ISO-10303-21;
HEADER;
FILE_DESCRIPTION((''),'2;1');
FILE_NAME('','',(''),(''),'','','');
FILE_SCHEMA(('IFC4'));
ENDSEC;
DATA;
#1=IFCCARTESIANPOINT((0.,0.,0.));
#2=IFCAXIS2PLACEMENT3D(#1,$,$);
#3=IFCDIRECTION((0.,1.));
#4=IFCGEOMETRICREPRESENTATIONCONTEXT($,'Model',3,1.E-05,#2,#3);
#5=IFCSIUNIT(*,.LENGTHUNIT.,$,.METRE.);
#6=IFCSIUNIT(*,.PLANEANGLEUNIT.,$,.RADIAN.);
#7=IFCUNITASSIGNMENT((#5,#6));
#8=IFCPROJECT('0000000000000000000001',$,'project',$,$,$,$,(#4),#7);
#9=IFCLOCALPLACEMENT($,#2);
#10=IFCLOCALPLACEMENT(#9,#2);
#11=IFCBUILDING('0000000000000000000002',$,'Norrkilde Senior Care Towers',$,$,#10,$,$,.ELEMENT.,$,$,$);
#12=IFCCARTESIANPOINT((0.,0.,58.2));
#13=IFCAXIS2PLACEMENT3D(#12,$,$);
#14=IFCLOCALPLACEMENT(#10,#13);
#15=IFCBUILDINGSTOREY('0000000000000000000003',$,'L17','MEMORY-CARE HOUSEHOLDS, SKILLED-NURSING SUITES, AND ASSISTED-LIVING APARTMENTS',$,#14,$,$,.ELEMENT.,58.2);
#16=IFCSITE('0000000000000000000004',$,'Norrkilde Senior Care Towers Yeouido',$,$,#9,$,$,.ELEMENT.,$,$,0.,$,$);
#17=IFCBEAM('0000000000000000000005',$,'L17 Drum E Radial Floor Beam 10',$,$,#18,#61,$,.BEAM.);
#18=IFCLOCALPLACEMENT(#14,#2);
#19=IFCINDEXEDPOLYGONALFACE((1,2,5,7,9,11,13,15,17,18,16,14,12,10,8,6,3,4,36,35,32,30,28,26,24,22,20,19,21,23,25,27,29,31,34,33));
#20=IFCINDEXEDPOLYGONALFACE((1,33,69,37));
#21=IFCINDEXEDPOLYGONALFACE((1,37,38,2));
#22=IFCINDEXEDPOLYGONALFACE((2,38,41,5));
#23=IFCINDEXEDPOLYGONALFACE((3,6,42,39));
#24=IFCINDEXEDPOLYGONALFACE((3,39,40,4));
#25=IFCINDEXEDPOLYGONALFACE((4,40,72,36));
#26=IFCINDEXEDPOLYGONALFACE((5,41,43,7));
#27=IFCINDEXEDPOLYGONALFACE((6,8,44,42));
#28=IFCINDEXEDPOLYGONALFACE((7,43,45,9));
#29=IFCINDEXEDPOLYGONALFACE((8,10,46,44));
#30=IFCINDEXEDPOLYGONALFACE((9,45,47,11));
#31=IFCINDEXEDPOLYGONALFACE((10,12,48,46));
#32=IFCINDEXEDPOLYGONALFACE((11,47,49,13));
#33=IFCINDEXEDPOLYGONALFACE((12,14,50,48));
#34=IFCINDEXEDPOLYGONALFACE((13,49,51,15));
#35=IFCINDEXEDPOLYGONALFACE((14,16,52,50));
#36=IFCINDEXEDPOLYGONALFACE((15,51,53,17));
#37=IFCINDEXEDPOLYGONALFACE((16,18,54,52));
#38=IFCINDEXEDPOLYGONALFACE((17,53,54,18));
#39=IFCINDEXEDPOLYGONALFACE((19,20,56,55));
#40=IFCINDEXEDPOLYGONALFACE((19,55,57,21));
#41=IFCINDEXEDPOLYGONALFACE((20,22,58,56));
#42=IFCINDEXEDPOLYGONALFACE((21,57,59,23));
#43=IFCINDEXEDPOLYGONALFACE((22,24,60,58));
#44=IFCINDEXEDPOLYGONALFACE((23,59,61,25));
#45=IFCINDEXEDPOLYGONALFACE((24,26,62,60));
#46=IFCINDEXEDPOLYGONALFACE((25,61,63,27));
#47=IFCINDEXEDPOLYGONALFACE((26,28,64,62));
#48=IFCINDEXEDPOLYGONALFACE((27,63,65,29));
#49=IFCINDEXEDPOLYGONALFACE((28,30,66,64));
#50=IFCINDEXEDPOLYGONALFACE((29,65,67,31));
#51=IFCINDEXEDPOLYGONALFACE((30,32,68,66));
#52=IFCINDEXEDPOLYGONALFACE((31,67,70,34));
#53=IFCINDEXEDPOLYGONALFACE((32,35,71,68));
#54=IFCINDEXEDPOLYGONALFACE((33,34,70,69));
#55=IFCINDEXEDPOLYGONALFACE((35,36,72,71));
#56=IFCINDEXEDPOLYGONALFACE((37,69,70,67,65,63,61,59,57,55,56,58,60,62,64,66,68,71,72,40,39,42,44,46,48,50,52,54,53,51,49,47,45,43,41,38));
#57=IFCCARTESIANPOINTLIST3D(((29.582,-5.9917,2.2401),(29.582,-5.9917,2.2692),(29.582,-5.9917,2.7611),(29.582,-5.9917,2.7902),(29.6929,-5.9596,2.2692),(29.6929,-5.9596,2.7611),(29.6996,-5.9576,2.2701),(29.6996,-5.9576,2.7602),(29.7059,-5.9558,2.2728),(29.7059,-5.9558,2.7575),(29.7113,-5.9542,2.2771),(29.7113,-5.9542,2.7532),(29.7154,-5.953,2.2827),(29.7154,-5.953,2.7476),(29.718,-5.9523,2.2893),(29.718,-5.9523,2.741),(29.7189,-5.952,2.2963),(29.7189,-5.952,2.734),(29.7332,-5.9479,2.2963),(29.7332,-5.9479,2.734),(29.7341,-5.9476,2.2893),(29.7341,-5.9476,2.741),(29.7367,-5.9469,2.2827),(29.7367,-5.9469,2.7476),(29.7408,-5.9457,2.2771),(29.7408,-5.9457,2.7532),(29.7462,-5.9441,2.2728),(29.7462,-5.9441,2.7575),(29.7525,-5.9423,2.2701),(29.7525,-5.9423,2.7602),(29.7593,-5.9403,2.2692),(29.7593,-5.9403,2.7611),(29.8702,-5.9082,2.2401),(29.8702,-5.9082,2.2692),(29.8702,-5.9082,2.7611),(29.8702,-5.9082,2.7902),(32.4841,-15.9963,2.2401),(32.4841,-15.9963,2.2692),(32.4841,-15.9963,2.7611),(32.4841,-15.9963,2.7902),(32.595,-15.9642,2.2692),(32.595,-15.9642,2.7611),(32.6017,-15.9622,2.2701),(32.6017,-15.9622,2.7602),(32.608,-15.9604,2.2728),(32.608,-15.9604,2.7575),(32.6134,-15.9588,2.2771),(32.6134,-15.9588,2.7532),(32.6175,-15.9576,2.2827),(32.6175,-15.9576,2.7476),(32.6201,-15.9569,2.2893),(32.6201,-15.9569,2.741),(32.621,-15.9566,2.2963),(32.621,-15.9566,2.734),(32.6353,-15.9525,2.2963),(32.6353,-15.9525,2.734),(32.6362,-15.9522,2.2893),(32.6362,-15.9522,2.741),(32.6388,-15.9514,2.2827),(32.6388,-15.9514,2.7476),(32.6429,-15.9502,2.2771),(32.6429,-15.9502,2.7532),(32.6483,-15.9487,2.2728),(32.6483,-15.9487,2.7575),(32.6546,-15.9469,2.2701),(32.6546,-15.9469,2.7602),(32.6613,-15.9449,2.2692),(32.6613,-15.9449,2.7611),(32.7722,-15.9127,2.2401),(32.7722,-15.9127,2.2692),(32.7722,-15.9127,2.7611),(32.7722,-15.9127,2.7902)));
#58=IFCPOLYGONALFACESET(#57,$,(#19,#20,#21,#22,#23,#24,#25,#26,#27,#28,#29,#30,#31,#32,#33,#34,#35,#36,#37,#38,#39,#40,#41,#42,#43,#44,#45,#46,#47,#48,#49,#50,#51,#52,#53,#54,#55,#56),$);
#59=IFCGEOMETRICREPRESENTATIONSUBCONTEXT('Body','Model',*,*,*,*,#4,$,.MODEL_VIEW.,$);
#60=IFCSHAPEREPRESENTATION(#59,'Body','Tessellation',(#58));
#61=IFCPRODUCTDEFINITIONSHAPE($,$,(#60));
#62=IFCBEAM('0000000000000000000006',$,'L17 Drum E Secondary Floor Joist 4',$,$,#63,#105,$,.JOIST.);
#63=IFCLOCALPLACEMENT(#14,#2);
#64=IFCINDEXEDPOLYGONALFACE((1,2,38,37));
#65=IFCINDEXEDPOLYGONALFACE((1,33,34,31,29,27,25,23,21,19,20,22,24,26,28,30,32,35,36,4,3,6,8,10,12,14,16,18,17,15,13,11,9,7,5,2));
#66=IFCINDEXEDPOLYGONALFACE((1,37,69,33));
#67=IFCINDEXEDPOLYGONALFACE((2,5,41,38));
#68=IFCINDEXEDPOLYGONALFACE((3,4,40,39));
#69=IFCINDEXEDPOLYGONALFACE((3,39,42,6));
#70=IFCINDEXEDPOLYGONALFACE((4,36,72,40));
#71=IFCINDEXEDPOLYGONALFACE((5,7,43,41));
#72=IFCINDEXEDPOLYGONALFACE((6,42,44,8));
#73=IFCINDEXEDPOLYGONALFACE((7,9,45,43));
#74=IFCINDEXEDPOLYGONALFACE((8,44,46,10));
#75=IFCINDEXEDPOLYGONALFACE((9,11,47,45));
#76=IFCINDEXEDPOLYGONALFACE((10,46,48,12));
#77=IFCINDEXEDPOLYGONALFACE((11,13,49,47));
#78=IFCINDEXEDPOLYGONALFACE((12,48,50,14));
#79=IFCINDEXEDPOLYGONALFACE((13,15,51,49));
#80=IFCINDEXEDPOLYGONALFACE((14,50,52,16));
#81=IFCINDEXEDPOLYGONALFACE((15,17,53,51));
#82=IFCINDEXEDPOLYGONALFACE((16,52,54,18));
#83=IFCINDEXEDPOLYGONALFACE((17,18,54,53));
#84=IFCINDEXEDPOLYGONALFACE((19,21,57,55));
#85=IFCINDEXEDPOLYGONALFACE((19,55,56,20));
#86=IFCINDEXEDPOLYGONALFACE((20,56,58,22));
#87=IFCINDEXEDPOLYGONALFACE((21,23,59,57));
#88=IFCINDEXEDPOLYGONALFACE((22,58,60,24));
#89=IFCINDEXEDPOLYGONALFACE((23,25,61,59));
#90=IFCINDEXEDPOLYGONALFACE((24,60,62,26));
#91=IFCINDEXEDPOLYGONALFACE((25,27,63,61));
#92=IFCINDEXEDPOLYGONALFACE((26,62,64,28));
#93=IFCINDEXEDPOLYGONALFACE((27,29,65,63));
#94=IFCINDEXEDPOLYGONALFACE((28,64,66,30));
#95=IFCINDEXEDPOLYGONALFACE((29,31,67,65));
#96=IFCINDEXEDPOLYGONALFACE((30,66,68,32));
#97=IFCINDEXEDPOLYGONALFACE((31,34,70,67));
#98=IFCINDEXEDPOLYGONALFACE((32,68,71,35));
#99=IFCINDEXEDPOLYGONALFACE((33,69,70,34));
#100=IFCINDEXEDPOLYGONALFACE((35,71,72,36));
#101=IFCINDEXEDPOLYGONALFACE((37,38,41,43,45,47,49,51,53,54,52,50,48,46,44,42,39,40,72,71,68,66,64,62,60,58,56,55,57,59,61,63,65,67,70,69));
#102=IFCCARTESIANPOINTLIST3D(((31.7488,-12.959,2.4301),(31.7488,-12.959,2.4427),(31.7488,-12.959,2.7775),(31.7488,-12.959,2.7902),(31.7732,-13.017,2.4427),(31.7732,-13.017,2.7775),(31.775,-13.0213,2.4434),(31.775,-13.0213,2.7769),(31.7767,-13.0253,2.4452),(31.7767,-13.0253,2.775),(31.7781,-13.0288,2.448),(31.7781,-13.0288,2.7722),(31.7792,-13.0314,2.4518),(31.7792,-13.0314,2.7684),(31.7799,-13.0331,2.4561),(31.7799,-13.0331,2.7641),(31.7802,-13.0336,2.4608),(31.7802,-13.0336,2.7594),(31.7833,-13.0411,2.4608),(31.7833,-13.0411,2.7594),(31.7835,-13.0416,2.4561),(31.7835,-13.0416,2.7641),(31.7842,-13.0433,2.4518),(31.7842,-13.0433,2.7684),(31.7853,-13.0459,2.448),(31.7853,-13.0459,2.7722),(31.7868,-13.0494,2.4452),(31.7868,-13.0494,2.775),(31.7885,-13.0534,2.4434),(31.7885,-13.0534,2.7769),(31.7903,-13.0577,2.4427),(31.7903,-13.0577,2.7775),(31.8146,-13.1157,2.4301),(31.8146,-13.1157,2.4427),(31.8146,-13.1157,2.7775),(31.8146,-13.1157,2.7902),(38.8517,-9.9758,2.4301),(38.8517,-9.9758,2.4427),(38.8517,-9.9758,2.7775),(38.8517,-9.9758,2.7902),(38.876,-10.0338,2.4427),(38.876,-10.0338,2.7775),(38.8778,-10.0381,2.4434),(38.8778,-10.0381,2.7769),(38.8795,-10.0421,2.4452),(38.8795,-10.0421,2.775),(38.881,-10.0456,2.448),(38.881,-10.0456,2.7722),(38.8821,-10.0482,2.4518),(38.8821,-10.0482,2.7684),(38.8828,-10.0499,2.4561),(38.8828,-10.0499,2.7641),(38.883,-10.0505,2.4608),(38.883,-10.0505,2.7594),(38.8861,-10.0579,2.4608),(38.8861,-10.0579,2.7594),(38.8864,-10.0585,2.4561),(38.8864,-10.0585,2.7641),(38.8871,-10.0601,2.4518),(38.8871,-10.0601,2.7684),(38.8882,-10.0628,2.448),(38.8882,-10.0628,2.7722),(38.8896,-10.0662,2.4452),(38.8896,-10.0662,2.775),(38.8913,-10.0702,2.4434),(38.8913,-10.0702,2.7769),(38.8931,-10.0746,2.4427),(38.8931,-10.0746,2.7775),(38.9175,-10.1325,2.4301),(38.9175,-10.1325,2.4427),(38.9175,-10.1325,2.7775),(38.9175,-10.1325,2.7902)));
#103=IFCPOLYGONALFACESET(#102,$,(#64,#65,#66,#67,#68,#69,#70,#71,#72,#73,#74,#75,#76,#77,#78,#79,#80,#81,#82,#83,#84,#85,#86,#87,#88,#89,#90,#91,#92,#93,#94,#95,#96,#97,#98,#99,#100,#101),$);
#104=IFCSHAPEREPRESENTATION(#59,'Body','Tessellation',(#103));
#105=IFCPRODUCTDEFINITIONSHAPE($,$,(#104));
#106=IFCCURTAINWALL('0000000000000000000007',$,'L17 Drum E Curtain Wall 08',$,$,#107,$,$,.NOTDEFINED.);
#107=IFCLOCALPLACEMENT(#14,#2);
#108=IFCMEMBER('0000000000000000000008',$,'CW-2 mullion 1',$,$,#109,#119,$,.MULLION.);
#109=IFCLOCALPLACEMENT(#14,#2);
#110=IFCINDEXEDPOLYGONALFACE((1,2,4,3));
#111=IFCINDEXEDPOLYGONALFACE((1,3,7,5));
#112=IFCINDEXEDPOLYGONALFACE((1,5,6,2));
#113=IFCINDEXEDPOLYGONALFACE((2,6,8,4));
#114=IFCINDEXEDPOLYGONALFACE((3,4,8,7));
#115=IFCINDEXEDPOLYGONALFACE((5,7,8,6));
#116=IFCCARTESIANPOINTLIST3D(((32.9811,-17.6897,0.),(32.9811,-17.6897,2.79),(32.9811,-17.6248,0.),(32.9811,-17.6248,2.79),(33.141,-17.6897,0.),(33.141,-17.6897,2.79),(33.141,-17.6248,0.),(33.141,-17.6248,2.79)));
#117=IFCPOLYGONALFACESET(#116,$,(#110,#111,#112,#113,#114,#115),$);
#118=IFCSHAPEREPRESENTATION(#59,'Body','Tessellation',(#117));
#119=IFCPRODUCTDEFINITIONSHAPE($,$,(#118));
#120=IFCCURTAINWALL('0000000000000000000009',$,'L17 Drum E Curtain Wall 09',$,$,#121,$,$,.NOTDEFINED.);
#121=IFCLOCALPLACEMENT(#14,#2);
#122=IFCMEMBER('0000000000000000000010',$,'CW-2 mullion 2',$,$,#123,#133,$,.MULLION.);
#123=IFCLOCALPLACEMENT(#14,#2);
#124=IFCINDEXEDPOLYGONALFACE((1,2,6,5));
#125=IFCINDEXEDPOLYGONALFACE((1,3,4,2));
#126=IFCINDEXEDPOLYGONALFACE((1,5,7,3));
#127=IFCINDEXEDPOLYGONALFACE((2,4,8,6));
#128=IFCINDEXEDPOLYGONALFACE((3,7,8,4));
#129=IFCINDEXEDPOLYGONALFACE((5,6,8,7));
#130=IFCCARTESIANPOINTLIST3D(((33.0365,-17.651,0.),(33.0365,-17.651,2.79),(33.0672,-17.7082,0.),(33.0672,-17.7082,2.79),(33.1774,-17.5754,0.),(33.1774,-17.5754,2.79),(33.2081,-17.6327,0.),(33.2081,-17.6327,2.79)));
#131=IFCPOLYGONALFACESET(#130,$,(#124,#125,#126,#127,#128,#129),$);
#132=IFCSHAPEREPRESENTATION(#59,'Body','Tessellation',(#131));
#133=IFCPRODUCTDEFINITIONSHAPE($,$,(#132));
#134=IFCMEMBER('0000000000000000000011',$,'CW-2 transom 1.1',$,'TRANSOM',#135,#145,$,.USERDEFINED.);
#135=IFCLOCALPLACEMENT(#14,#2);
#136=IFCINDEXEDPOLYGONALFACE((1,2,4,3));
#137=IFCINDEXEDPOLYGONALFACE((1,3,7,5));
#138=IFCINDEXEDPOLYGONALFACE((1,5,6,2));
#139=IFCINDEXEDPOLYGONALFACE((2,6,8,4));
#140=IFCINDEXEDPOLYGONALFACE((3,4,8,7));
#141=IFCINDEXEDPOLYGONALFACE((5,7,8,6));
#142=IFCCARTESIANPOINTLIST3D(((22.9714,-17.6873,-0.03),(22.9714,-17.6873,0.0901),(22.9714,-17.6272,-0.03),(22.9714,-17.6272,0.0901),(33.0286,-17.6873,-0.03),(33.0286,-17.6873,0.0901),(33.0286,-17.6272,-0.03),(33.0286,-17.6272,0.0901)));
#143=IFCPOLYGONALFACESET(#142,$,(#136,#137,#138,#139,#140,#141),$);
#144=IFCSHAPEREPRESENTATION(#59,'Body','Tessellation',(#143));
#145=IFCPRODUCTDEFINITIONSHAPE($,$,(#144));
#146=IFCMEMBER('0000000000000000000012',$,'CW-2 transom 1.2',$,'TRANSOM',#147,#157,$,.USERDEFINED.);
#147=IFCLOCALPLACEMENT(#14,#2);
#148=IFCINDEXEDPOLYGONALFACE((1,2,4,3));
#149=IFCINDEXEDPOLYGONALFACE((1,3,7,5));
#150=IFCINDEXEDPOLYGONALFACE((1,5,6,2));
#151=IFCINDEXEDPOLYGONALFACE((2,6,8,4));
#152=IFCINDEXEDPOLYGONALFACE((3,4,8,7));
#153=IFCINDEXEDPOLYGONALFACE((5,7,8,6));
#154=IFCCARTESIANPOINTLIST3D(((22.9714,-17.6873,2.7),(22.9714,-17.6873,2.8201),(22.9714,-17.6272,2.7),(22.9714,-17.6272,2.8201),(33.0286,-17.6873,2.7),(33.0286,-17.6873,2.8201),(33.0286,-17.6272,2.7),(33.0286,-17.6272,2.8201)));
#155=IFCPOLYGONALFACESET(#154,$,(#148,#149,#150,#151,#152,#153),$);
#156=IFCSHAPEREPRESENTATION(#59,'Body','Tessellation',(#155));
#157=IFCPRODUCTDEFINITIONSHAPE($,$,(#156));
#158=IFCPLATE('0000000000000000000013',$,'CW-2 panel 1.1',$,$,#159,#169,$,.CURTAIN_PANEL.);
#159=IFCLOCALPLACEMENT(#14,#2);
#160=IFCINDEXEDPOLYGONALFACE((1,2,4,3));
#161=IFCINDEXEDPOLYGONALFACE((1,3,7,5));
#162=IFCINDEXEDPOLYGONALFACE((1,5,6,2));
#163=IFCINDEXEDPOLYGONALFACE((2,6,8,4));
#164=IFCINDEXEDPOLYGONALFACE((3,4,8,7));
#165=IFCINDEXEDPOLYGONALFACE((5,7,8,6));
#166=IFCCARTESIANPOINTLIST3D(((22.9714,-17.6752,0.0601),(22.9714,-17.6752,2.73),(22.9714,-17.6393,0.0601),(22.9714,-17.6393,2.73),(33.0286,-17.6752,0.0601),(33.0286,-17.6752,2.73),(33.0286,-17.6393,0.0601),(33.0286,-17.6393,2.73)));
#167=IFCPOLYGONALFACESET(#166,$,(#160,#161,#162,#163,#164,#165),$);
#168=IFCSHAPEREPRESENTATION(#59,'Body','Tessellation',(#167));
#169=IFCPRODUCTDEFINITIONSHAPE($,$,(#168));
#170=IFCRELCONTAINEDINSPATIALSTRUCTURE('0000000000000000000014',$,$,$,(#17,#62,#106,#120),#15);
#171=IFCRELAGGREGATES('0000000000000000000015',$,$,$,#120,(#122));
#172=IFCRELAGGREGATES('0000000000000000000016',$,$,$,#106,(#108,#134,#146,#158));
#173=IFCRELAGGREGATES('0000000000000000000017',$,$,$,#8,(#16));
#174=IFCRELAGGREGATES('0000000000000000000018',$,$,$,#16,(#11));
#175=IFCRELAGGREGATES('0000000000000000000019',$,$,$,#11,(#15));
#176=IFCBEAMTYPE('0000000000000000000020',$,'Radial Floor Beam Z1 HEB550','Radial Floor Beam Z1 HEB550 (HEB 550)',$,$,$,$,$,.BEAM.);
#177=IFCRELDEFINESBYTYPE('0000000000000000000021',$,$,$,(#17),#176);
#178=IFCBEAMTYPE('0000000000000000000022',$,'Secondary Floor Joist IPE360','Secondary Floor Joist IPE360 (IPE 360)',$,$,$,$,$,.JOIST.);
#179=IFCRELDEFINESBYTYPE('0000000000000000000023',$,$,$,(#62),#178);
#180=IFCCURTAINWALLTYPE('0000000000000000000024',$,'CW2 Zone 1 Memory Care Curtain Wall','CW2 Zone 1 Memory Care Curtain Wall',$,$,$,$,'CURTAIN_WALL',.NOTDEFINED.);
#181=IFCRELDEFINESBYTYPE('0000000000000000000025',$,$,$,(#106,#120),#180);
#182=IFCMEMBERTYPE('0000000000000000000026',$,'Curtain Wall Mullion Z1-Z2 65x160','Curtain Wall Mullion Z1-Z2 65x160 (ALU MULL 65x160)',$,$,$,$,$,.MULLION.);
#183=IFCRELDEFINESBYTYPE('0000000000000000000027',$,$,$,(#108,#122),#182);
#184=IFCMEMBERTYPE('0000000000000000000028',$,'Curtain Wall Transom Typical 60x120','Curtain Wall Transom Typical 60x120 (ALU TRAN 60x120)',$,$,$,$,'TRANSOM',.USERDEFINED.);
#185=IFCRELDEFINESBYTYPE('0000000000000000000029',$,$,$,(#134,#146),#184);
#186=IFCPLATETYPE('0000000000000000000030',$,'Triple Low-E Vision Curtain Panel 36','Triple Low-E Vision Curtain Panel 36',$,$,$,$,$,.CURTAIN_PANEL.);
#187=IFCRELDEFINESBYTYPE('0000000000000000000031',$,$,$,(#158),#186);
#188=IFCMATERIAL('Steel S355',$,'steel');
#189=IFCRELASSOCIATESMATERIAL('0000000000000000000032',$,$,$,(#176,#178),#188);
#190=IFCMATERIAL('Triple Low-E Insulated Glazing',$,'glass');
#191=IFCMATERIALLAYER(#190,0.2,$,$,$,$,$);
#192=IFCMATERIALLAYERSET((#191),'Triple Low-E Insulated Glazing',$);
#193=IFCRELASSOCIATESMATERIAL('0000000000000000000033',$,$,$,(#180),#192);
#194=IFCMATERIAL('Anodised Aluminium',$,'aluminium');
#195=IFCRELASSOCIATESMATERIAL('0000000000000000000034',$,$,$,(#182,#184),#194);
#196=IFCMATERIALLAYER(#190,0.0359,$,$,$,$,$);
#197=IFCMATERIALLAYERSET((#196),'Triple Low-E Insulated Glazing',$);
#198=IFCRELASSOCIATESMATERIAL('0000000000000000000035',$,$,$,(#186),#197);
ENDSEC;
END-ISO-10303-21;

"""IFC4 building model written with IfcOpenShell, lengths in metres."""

from ifc_helpers import new_model, si_unit, direction, frame, origin, origin_2d, place, context, subcontext, project, spatial, rectangle, i_section, extrude, source, transform, mapped, material, layer, layer_set, material_profile, profile_set, type_object, type_shapes, element, aggregate, save


model = new_model("IFC4")

# Units and contexts
model_context = context("Model", 3, precision=1e-05, world=origin(), true_north=direction((0.0, 1.0)))
body_context = subcontext(model_context, "Body", "Model", "MODEL_VIEW")
ifc_project = project(units=[si_unit("LENGTHUNIT", "METRE"), si_unit("PLANEANGLEUNIT", "RADIAN")], contexts=[model_context])

# Site, building, storey
site_placement = place(None, origin())
site = spatial("IfcSite", under=ifc_project, at=site_placement, Name="Norrkilde Senior Care Towers Yeouido", CompositionType="ELEMENT", RefElevation=0.0)
building_placement = place(site_placement, origin())
building = spatial("IfcBuilding", under=site, at=building_placement, Name="Norrkilde Senior Care Towers", CompositionType="ELEMENT")
storey_placement = place(building_placement, frame((0.0, 0.0, 58.2)))
storey = spatial("IfcBuildingStorey", under=building, at=storey_placement, Name="L17", Description="MEMORY-CARE HOUSEHOLDS, SKILLED-NURSING SUITES, AND ASSISTED-LIVING APARTMENTS", CompositionType="ELEMENT", Elevation=58.2)

# Beams
ifc_material_1 = material(Name="Steel S355", Category="steel")
ifc_material_profile_1 = material_profile(ifc_material_1, i_section(OverallWidth=0.3, OverallDepth=0.55, WebThickness=0.0149, FlangeThickness=0.0291, FilletRadius=0.0271, at=origin_2d()), Name="HEB 550")
ifc_profile_set_1 = profile_set([ifc_material_profile_1], Name="Steel S355")
beam_type_1 = type_object("IfcBeamType", Name="Radial Floor Beam Z1 HEB550", Description="Radial Floor Beam Z1 HEB550 (HEB 550)", PredefinedType="BEAM", material=ifc_profile_set_1)
shared_shape_1 = source(origin(), body_context, "Body", "SweptSolid", [
    extrude(i_section(OverallWidth=0.3, OverallDepth=0.55, WebThickness=0.0149, FlangeThickness=0.0291, FilletRadius=0.0271, at=origin_2d()), origin(), (0.0, 0.0, 1.0), 10.417),
])
beam_1_placement = place(storey_placement, frame((29.7261, -5.95, 2.5151), z_axis=(0.278591, -0.96041, 0.0), x_axis=(0.96041, 0.278591, 0.0)))
element("IfcBeam", 1, at=beam_1_placement, inside=storey, type_object=beam_type_1, Name="L17 Drum E Radial Floor Beam 10", PredefinedType="BEAM", context=body_context, shape_type="MappedRepresentation", body=[
    mapped(shared_shape_1, transform((0.0, 0.0, 0.0), x_axis=(1.0, 0.0, 0.0), y_axis=(0.0, 1.0, 0.0), z_axis=(0.0, 0.0, 1.0), scale=1.0)),
])
ifc_material_profile_2 = material_profile(ifc_material_1, i_section(OverallWidth=0.1699, OverallDepth=0.3601, WebThickness=0.0081, FlangeThickness=0.0127, FilletRadius=0.0181, at=origin_2d()), Name="IPE 360")
ifc_profile_set_2 = profile_set([ifc_material_profile_2], Name="Steel S355")
beam_type_2 = type_object("IfcBeamType", Name="Secondary Floor Joist IPE360", Description="Secondary Floor Joist IPE360 (IPE 360)", PredefinedType="JOIST", material=ifc_profile_set_2)
shared_shape_2 = source(origin(), body_context, "Body", "SweptSolid", [
    extrude(i_section(OverallWidth=0.1699, OverallDepth=0.3601, WebThickness=0.0081, FlangeThickness=0.0127, FilletRadius=0.0181, at=origin_2d()), origin(), (0.0, 0.0, 1.0), 7.7039),
])
type_shapes(beam_type_2, [shared_shape_2])
beam_2_placement = place(storey_placement, frame((31.7817, -13.0374, 2.6101), z_axis=(0.921983, 0.387231, 0.0), x_axis=(-0.387231, 0.921983, 0.0)))
element("IfcBeam", 2, at=beam_2_placement, inside=storey, type_object=beam_type_2, Name="L17 Drum E Secondary Floor Joist 4", PredefinedType="JOIST", context=body_context, shape_type="MappedRepresentation", body=[
    mapped(shared_shape_2, transform((0.0, 0.0, 0.0), x_axis=(1.0, 0.0, 0.0), y_axis=(0.0, 1.0, 0.0), z_axis=(0.0, 0.0, 1.0), scale=1.0)),
])

# Curtain walls, members
ifc_material_2 = material(Name="Triple Low-E Insulated Glazing", Category="glass")
ifc_layer_1 = layer(ifc_material_2, 0.2)
ifc_layer_set_1 = layer_set([ifc_layer_1], Name="Triple Low-E Insulated Glazing")
curtain_wall_type = type_object("IfcCurtainWallType", Name="CW2 Zone 1 Memory Care Curtain Wall", Description="CW2 Zone 1 Memory Care Curtain Wall", ElementType="CURTAIN_WALL", PredefinedType="NOTDEFINED", material=ifc_layer_set_1)
curtain_wall_1_placement = place(storey_placement, origin())
curtain_wall_1 = element("IfcCurtainWall", 3, at=curtain_wall_1_placement, inside=storey, type_object=curtain_wall_type, Name="L17 Drum E Curtain Wall 08", PredefinedType="NOTDEFINED")
ifc_material_3 = material(Name="Anodised Aluminium", Category="aluminium")
ifc_material_profile_3 = material_profile(ifc_material_3, rectangle(XDim=0.0649, YDim=0.1599, at=origin_2d()), Name="ALU MULL 65x160")
ifc_profile_set_3 = profile_set([ifc_material_profile_3], Name="Anodised Aluminium")
member_type_1 = type_object("IfcMemberType", Name="Curtain Wall Mullion Z1-Z2 65x160", Description="Curtain Wall Mullion Z1-Z2 65x160 (ALU MULL 65x160)", PredefinedType="MULLION", material=ifc_profile_set_3)
shared_shape_3 = source(origin(), body_context, "Body", "SweptSolid", [
    extrude(rectangle(XDim=0.0649, YDim=0.1599, at=origin_2d()), origin(), (0.0, 0.0, 1.0), 2.79),
])
type_shapes(member_type_1, [shared_shape_3])
member_1_placement = place(storey_placement, frame((33.061, -17.6572, 0.0), z_axis=(0.0, 0.0, 1.0), x_axis=(0.0, -1.0, 0.0)))
member_1 = element("IfcMember", 4, at=member_1_placement, type_object=member_type_1, Name="CW-2 mullion 1", PredefinedType="MULLION", context=body_context, shape_type="MappedRepresentation", body=[
    mapped(shared_shape_3, transform((0.0, 0.0, 0.0), x_axis=(1.0, 0.0, 0.0), y_axis=(0.0, 1.0, 0.0), z_axis=(0.0, 0.0, 1.0), scale=1.0)),
])
curtain_wall_2_placement = place(storey_placement, origin())
curtain_wall_2 = element("IfcCurtainWall", 5, at=curtain_wall_2_placement, inside=storey, type_object=curtain_wall_type, Name="L17 Drum E Curtain Wall 09", PredefinedType="NOTDEFINED")
member_2_placement = place(storey_placement, frame((33.1223, -17.6418, 0.0), z_axis=(0.0, 0.0, 1.0), x_axis=(0.472608, -0.881273, 0.0)))
member_2 = element("IfcMember", 6, at=member_2_placement, type_object=member_type_1, Name="CW-2 mullion 2", PredefinedType="MULLION", context=body_context, shape_type="MappedRepresentation", body=[
    mapped(shared_shape_3, transform((0.0, 0.0, 0.0), x_axis=(1.0, 0.0, 0.0), y_axis=(0.0, 1.0, 0.0), z_axis=(0.0, 0.0, 1.0), scale=1.0)),
])
aggregate(curtain_wall_2, [member_2])

# Members
ifc_material_profile_4 = material_profile(ifc_material_3, rectangle(XDim=0.0601, YDim=0.1201, at=origin_2d()), Name="ALU TRAN 60x120")
ifc_profile_set_4 = profile_set([ifc_material_profile_4], Name="Anodised Aluminium")
member_type_2 = type_object("IfcMemberType", Name="Curtain Wall Transom Typical 60x120", Description="Curtain Wall Transom Typical 60x120 (ALU TRAN 60x120)", ElementType="TRANSOM", PredefinedType="USERDEFINED", material=ifc_profile_set_4)
shared_shape_4 = source(origin(), body_context, "Body", "SweptSolid", [
    extrude(rectangle(XDim=0.0601, YDim=0.1201, at=origin_2d()), origin(), (0.0, 0.0, 1.0), 10.0571),
])
type_shapes(member_type_2, [shared_shape_4])
member_3_placement = place(storey_placement, frame((33.0286, -17.6572, 0.03), z_axis=(-1.0, 0.0, 0.0), x_axis=(0.0, -1.0, 0.0)))
member_3 = element("IfcMember", 7, at=member_3_placement, type_object=member_type_2, Name="CW-2 transom 1.1", ObjectType="TRANSOM", PredefinedType="USERDEFINED", context=body_context, shape_type="MappedRepresentation", body=[
    mapped(shared_shape_4, transform((0.0, 0.0, 0.0), x_axis=(1.0, 0.0, 0.0), y_axis=(0.0, 1.0, 0.0), z_axis=(0.0, 0.0, 1.0), scale=1.0)),
])
member_4_placement = place(storey_placement, frame((33.0286, -17.6572, 2.76), z_axis=(-1.0, 0.0, 0.0), x_axis=(0.0, -1.0, 0.0)))
member_4 = element("IfcMember", 8, at=member_4_placement, type_object=member_type_2, Name="CW-2 transom 1.2", ObjectType="TRANSOM", PredefinedType="USERDEFINED", context=body_context, shape_type="MappedRepresentation", body=[
    mapped(shared_shape_4, transform((0.0, 0.0, 0.0), x_axis=(1.0, 0.0, 0.0), y_axis=(0.0, 1.0, 0.0), z_axis=(0.0, 0.0, 1.0), scale=1.0)),
])

# Plate
ifc_layer_2 = layer(ifc_material_2, 0.0359)
ifc_layer_set_2 = layer_set([ifc_layer_2], Name="Triple Low-E Insulated Glazing")
plate_type = type_object("IfcPlateType", Name="Triple Low-E Vision Curtain Panel 36", Description="Triple Low-E Vision Curtain Panel 36", PredefinedType="CURTAIN_PANEL", material=ifc_layer_set_2)
shared_shape_5 = source(origin(), body_context, "Body", "SweptSolid", [
    extrude(rectangle(XDim=10.0571, YDim=0.0359, at=origin_2d()), origin(), (0.0, 0.0, 1.0), 2.6699),
])
type_shapes(plate_type, [shared_shape_5])
plate_placement = place(storey_placement, frame((28.0, -17.6572, 0.0601), z_axis=(0.0, 0.0, 1.0), x_axis=(-1.0, 0.0, 0.0)))
plate = element("IfcPlate", 9, at=plate_placement, type_object=plate_type, Name="CW-2 panel 1.1", PredefinedType="CURTAIN_PANEL", context=body_context, shape_type="MappedRepresentation", body=[
    mapped(shared_shape_5, transform((0.0, 0.0, 0.0), x_axis=(1.0, 0.0, 0.0), y_axis=(0.0, 1.0, 0.0), z_axis=(0.0, 0.0, 1.0), scale=1.0)),
])
aggregate(curtain_wall_1, [member_1, member_3, member_4, plate])

save(model, "model.ifc")
